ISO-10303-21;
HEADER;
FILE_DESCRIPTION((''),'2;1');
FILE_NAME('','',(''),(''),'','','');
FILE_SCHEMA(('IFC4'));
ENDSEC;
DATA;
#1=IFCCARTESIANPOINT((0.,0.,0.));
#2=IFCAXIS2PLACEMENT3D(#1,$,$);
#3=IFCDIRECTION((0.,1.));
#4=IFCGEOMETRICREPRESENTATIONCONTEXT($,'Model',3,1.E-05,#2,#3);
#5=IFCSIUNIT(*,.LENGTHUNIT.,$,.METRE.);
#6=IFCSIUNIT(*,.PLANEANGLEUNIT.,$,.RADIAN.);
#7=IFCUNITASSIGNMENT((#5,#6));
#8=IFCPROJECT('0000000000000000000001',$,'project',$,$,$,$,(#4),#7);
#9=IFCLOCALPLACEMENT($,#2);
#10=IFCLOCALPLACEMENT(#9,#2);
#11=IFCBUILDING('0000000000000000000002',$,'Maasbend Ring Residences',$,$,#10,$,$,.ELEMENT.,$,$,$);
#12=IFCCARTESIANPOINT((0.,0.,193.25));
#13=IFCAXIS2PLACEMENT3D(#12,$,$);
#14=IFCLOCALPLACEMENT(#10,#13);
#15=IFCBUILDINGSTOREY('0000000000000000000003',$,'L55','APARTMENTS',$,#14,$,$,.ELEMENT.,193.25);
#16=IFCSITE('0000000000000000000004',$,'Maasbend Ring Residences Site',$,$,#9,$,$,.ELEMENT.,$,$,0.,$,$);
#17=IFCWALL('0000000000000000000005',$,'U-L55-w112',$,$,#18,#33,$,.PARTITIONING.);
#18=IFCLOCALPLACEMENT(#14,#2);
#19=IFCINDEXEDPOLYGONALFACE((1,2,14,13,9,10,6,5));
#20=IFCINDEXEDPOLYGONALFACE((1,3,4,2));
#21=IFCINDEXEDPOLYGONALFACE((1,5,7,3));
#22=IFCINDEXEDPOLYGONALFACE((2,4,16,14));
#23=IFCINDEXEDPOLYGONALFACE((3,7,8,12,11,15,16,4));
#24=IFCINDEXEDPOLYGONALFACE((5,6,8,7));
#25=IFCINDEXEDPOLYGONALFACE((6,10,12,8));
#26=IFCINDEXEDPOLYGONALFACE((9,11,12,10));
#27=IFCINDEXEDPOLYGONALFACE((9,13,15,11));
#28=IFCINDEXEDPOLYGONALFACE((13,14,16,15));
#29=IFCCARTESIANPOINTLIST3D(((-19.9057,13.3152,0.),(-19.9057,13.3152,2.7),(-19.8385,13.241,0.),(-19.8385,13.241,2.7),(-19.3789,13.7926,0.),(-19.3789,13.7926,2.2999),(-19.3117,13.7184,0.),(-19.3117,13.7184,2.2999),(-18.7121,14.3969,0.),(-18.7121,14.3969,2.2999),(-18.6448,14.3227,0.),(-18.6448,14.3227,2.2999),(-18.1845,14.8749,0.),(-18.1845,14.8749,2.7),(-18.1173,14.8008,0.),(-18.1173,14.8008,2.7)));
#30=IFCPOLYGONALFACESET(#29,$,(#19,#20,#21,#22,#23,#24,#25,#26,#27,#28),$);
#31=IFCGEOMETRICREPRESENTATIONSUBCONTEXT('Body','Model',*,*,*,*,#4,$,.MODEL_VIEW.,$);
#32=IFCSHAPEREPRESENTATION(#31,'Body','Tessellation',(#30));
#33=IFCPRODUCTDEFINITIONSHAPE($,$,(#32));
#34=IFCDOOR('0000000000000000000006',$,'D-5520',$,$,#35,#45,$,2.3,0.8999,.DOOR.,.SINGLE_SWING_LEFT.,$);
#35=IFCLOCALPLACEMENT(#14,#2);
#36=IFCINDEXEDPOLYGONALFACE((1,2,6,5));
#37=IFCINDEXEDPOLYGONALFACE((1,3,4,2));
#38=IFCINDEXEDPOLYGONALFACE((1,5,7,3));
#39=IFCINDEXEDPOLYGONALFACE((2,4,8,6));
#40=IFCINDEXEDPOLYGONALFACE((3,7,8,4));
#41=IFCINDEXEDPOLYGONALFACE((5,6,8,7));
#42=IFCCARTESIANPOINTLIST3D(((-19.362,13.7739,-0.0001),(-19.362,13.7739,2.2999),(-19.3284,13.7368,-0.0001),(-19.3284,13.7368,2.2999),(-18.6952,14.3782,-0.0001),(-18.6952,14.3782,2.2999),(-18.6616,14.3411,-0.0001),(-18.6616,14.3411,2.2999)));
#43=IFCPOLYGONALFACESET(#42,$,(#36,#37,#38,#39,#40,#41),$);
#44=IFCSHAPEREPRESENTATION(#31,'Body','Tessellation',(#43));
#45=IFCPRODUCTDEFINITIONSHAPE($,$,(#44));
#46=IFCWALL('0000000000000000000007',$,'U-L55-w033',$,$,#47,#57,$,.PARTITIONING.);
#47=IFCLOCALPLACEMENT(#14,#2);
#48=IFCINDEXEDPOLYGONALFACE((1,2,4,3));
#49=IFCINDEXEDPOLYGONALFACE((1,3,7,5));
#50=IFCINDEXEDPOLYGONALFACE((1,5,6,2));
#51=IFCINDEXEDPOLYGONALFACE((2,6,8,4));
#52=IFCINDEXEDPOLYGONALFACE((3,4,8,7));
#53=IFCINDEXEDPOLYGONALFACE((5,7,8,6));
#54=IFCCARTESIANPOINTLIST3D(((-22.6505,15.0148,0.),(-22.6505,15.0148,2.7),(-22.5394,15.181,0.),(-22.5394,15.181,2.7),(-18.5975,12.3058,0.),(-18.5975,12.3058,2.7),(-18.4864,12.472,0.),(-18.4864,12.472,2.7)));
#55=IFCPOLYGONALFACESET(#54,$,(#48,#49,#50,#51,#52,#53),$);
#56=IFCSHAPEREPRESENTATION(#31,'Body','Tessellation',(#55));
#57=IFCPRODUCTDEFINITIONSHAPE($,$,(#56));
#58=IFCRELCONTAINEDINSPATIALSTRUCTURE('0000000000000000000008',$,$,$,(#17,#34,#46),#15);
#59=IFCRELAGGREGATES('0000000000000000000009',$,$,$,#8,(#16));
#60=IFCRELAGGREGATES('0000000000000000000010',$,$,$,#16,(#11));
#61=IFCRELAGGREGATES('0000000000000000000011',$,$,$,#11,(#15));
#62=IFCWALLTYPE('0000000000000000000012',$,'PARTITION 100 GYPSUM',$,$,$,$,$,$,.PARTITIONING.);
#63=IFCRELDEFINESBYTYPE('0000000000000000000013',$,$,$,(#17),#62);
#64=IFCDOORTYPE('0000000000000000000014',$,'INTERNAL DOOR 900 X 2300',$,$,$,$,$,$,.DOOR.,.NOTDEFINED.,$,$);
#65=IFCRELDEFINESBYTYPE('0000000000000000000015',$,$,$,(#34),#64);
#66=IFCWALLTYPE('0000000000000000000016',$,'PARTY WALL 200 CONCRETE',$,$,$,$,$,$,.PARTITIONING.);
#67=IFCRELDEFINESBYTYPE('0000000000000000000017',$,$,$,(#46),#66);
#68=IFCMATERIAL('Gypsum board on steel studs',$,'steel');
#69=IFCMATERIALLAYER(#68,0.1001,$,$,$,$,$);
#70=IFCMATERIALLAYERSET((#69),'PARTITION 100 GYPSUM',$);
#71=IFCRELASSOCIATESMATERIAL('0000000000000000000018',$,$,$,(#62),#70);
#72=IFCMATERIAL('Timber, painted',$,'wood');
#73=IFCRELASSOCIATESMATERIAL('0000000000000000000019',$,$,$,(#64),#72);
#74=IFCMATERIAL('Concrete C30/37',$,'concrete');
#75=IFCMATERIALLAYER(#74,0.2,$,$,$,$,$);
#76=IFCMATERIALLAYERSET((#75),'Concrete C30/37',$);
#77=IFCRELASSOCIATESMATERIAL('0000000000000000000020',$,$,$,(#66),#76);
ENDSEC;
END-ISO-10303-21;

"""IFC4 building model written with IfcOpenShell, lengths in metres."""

from ifc_helpers import new_model, si_unit, direction, frame, frame_2d, origin, place, context, subcontext, project, spatial, rectangle, extrude, material, layer, layer_set, type_object, element, fill, save


model = new_model("IFC4")

# Units and contexts
model_context = context("Model", 3, precision=1e-05, world=origin(), true_north=direction((0.0, 1.0)))
body_context = subcontext(model_context, "Body", "Model", "MODEL_VIEW")
ifc_project = project(units=[si_unit("LENGTHUNIT", "METRE"), si_unit("PLANEANGLEUNIT", "RADIAN")], contexts=[model_context])

# Site, building, storey
site_placement = place(None, origin())
site = spatial("IfcSite", under=ifc_project, at=site_placement, Name="Maasbend Ring Residences Site", CompositionType="ELEMENT", RefElevation=0.0)
building_placement = place(site_placement, origin())
building = spatial("IfcBuilding", under=site, at=building_placement, Name="Maasbend Ring Residences", CompositionType="ELEMENT")
storey_placement = place(building_placement, frame((0.0, 0.0, 193.25)))
storey = spatial("IfcBuildingStorey", under=building, at=storey_placement, Name="L55", Description="APARTMENTS", CompositionType="ELEMENT", Elevation=193.25)

# Wall, opening, door
ifc_material_1 = material(Name="Gypsum board on steel studs", Category="steel")
ifc_layer_1 = layer(ifc_material_1, 0.1001)
ifc_layer_set_1 = layer_set([ifc_layer_1], Name="PARTITION 100 GYPSUM")
wall_type_1 = type_object("IfcWallType", Name="PARTITION 100 GYPSUM", PredefinedType="PARTITIONING", material=ifc_layer_set_1)
ifc_material_2 = material(Name="Timber, painted", Category="wood")
door_type_1 = type_object("IfcDoorType", Name="INTERNAL DOOR 900 X 2300", OperationType="NOTDEFINED", PredefinedType="DOOR", material=ifc_material_2)
wall_1_placement = place(storey_placement, frame((-19.8721, 13.2781, 0.0), z_axis=(0.0, 0.0, 1.0), x_axis=(0.74099, 0.671516, 0.0)))
wall_1 = element("IfcWall", 1, at=wall_1_placement, inside=storey, type_object=wall_type_1, Name="U-L55-w112", PredefinedType="PARTITIONING", context=body_context, shape_type="SweptSolid", body=[
    extrude(rectangle(XDim=2.3228, YDim=0.1001, at=frame_2d((1.1614, 0.0))), origin(), (0.0, 0.0, 1.0), 2.7),
])
opening_1_placement = place(wall_1_placement, frame((0.7109, 0.0, 0.0)))
opening_1 = element("IfcOpeningElement", 2, at=opening_1_placement, cuts=wall_1, PredefinedType="OPENING", context=body_context, shape_type="SweptSolid", body=[
    extrude(rectangle(XDim=0.8999, YDim=2.3, at=frame_2d((0.45, 1.1499))), frame((0.0, 0.0601, 0.0), z_axis=(0.0, -1.0, 0.0), x_axis=(1.0, 0.0, 0.0)), (0.0, 0.0, 1.0), 0.1201),
])
door_1_placement = place(opening_1_placement, origin())
door_1 = element("IfcDoor", 3, at=door_1_placement, inside=storey, type_object=door_type_1, Name="D-5520", OperationType="SINGLE_SWING_LEFT", OverallHeight=2.3, OverallWidth=0.8999, PredefinedType="DOOR", context=body_context, shape_type="SweptSolid", body=[
    extrude(rectangle(XDim=0.8999, YDim=2.3, at=frame_2d((0.45, 1.1499))), frame((0.0, 0.0249, 0.0), z_axis=(0.0, -1.0, 0.0), x_axis=(1.0, 0.0, 0.0)), (0.0, 0.0, 1.0), 0.05),
])
fill(opening_1, door_1)

# Wall
ifc_material_3 = material(Name="Concrete C30/37", Category="concrete")
ifc_layer_2 = layer(ifc_material_3, 0.2)
ifc_layer_set_2 = layer_set([ifc_layer_2], Name="Concrete C30/37")
wall_type_2 = type_object("IfcWallType", Name="PARTY WALL 200 CONCRETE", PredefinedType="PARTITIONING", material=ifc_layer_set_2)
wall_2_placement = place(storey_placement, frame((-22.595, 15.0979, 0.0), z_axis=(0.0, 0.0, 1.0), x_axis=(0.831387, -0.555694, 0.0)))
element("IfcWall", 4, at=wall_2_placement, inside=storey, type_object=wall_type_2, Name="U-L55-w033", PredefinedType="PARTITIONING", context=body_context, shape_type="SweptSolid", body=[
    extrude(rectangle(XDim=4.875, YDim=0.2, at=frame_2d((2.4375, 0.0))), origin(), (0.0, 0.0, 1.0), 2.7),
])

save(model, "model.ifc")
